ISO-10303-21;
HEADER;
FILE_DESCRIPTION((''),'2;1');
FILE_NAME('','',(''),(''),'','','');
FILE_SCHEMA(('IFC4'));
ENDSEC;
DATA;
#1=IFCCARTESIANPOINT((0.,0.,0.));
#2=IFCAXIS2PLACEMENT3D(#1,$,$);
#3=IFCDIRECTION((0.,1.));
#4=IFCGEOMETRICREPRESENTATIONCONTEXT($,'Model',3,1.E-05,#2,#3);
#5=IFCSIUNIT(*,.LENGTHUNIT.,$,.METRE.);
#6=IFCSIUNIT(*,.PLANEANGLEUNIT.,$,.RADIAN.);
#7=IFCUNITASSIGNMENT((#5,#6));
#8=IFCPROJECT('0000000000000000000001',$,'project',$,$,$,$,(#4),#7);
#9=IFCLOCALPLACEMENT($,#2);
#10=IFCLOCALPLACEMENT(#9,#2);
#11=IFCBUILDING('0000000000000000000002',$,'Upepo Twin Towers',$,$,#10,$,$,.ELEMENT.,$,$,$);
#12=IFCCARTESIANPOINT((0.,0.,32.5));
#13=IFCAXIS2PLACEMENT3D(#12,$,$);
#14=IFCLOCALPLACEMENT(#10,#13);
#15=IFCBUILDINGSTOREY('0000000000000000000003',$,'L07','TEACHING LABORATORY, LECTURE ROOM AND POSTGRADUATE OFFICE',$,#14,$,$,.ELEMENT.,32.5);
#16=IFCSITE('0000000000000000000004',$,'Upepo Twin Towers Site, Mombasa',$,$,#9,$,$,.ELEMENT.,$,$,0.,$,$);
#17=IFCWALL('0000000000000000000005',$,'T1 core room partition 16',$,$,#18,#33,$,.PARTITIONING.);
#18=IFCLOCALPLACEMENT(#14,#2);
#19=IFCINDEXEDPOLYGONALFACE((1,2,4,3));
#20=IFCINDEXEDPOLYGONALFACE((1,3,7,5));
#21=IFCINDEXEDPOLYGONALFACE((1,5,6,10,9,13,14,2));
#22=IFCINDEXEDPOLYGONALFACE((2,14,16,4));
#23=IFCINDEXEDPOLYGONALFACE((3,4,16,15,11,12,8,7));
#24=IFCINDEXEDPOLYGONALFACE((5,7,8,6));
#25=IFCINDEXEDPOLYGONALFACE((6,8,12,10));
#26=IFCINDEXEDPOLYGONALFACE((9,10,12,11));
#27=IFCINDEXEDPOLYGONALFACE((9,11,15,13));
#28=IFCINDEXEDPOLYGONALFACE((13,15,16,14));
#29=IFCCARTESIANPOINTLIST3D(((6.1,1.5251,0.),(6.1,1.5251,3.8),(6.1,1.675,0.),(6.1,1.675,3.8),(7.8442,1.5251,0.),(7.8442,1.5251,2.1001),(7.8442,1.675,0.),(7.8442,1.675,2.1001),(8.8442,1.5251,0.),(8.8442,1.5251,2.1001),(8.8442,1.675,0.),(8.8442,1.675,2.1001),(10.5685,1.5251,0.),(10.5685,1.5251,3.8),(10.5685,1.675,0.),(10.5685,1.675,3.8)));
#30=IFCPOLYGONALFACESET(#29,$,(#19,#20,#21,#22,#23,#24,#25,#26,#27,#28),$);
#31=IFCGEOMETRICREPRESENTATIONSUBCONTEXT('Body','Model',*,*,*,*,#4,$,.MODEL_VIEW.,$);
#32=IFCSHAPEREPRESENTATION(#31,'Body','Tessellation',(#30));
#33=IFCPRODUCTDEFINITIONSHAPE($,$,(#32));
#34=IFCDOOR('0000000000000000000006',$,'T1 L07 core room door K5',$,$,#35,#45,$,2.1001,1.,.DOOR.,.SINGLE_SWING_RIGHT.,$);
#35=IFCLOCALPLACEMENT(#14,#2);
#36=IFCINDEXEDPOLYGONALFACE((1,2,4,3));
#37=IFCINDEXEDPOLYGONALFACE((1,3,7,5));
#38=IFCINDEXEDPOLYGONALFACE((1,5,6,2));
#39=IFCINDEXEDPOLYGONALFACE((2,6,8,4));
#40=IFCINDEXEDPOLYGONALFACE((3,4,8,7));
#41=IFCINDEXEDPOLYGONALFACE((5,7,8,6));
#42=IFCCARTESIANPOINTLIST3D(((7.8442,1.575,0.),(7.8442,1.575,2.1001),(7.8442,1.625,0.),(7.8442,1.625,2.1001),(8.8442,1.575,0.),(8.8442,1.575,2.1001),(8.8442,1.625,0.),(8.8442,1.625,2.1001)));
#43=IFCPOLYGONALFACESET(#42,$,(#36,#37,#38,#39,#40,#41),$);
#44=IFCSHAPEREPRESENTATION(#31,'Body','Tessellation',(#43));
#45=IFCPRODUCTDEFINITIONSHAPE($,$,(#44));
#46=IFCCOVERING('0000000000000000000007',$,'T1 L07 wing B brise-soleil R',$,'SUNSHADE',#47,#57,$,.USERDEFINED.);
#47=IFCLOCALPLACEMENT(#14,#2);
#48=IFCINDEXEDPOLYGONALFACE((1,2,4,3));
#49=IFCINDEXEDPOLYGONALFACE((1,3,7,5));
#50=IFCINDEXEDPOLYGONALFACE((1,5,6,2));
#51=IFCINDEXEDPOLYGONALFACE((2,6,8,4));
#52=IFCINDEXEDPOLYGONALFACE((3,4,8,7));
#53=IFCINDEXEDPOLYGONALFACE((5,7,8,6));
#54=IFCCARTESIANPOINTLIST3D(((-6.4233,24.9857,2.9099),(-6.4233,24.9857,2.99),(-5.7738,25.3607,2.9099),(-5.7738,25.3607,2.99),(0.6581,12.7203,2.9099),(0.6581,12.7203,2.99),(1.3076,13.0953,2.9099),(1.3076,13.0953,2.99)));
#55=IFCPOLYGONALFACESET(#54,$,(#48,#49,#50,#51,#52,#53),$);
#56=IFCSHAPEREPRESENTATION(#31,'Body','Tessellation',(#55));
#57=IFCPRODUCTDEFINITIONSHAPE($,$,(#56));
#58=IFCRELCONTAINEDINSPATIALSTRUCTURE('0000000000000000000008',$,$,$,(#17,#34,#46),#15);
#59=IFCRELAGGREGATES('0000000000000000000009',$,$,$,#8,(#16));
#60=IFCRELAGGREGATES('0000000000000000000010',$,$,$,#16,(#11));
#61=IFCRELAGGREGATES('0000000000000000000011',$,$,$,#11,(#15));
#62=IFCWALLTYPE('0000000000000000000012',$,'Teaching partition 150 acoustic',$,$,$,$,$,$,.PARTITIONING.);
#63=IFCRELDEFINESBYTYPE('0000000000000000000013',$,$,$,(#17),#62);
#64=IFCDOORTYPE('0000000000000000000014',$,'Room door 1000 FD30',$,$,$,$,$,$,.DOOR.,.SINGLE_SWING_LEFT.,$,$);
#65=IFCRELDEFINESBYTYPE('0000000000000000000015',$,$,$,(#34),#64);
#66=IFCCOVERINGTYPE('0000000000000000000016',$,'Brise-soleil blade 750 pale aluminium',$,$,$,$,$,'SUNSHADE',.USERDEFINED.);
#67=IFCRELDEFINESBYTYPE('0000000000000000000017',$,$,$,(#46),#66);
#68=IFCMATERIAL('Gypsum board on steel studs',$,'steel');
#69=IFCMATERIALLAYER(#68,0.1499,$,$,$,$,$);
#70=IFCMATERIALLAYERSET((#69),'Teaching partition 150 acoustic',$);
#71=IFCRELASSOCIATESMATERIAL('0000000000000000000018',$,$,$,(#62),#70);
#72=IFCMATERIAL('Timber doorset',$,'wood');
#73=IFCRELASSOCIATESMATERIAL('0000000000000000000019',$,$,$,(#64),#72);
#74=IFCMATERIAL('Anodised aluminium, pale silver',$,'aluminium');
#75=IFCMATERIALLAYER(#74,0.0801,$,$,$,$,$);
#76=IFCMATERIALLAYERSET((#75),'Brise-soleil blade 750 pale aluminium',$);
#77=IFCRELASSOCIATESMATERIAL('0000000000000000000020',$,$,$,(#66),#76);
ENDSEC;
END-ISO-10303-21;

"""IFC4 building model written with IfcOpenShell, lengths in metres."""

from ifc_helpers import new_model, si_unit, direction, frame, frame_2d, origin, origin_2d, place, context, subcontext, project, spatial, rectangle, extrude, material, layer, layer_set, type_object, element, fill, save


model = new_model("IFC4")

# Units and contexts
model_context = context("Model", 3, precision=1e-05, world=origin(), true_north=direction((0.0, 1.0)))
body_context = subcontext(model_context, "Body", "Model", "MODEL_VIEW")
ifc_project = project(units=[si_unit("LENGTHUNIT", "METRE"), si_unit("PLANEANGLEUNIT", "RADIAN")], contexts=[model_context])

# Site, building, storey
site_placement = place(None, origin())
site = spatial("IfcSite", under=ifc_project, at=site_placement, Name="Upepo Twin Towers Site, Mombasa", CompositionType="ELEMENT", RefElevation=0.0)
building_placement = place(site_placement, origin())
building = spatial("IfcBuilding", under=site, at=building_placement, Name="Upepo Twin Towers", CompositionType="ELEMENT")
storey_placement = place(building_placement, frame((0.0, 0.0, 32.5)))
storey = spatial("IfcBuildingStorey", under=building, at=storey_placement, Name="L07", Description="TEACHING LABORATORY, LECTURE ROOM AND POSTGRADUATE OFFICE", CompositionType="ELEMENT", Elevation=32.5)

# Shared definitions
ifc_material_1 = material(Name="Gypsum board on steel studs", Category="steel")
ifc_layer_1 = layer(ifc_material_1, 0.1499)
ifc_layer_set_1 = layer_set([ifc_layer_1], Name="Teaching partition 150 acoustic")
wall_type_1 = type_object("IfcWallType", Name="Teaching partition 150 acoustic", PredefinedType="PARTITIONING", material=ifc_layer_set_1)

# Wall, opening, door
wall_1_placement = place(storey_placement, frame((6.0999, 1.6001, 0.0), z_axis=(0.0, 0.0, 1.0), x_axis=(1.0, 0.0, 0.0)))
wall_1 = element("IfcWall", 1, at=wall_1_placement, inside=storey, type_object=wall_type_1, Name="T1 core room partition 16", PredefinedType="PARTITIONING", context=body_context, shape_type="SweptSolid", body=[
    extrude(rectangle(XDim=4.4685, YDim=0.1499, at=frame_2d((2.2344, 0.0))), origin(), (0.0, 0.0, 1.0), 3.8),
])
opening_1_placement = place(wall_1_placement, frame((1.7444, 0.0, 0.0)))
opening_1 = element("IfcOpeningElement", 2, at=opening_1_placement, cuts=wall_1, PredefinedType="OPENING", context=body_context, shape_type="SweptSolid", body=[
    extrude(rectangle(XDim=1.0, YDim=2.1001, at=frame_2d((0.5, 1.05))), frame((0.0, 0.085, 0.0), z_axis=(0.0, -1.0, 0.0), x_axis=(1.0, 0.0, 0.0)), (0.0, 0.0, 1.0), 0.1699),
])
ifc_material_2 = material(Name="Timber doorset", Category="wood")
door_type_1 = type_object("IfcDoorType", Name="Room door 1000 FD30", OperationType="SINGLE_SWING_LEFT", PredefinedType="DOOR", material=ifc_material_2)
door_1_placement = place(opening_1_placement, origin())
door_1 = element("IfcDoor", 3, at=door_1_placement, inside=storey, type_object=door_type_1, Name="T1 L07 core room door K5", OperationType="SINGLE_SWING_RIGHT", OverallHeight=2.1001, OverallWidth=1.0, PredefinedType="DOOR", context=body_context, shape_type="SweptSolid", body=[
    extrude(rectangle(XDim=1.0, YDim=2.1001, at=frame_2d((0.5, 1.05))), frame((0.0, 0.0249, 0.0), z_axis=(0.0, -1.0, 0.0), x_axis=(1.0, 0.0, 0.0)), (0.0, 0.0, 1.0), 0.05),
])
fill(opening_1, door_1)

# Covering
ifc_material_3 = material(Name="Anodised aluminium, pale silver", Category="aluminium")
ifc_layer_2 = layer(ifc_material_3, 0.0801)
ifc_layer_set_2 = layer_set([ifc_layer_2], Name="Brise-soleil blade 750 pale aluminium")
covering_type = type_object("IfcCoveringType", Name="Brise-soleil blade 750 pale aluminium", ElementType="SUNSHADE", PredefinedType="USERDEFINED", material=ifc_layer_set_2)
covering_placement = place(storey_placement, frame((-2.5579, 19.0405, 2.9099), z_axis=(0.0, 0.0, 1.0), x_axis=(-0.5, 0.866025, 0.0)))
element("IfcCovering", 4, at=covering_placement, inside=storey, type_object=covering_type, Name="T1 L07 wing B brise-soleil R", ObjectType="SUNSHADE", PredefinedType="USERDEFINED", context=body_context, shape_type="SweptSolid", body=[
    extrude(rectangle(XDim=14.1628, YDim=0.75, at=origin_2d()), origin(), (0.0, 0.0, 1.0), 0.0801),
])

save(model, "model.ifc")
